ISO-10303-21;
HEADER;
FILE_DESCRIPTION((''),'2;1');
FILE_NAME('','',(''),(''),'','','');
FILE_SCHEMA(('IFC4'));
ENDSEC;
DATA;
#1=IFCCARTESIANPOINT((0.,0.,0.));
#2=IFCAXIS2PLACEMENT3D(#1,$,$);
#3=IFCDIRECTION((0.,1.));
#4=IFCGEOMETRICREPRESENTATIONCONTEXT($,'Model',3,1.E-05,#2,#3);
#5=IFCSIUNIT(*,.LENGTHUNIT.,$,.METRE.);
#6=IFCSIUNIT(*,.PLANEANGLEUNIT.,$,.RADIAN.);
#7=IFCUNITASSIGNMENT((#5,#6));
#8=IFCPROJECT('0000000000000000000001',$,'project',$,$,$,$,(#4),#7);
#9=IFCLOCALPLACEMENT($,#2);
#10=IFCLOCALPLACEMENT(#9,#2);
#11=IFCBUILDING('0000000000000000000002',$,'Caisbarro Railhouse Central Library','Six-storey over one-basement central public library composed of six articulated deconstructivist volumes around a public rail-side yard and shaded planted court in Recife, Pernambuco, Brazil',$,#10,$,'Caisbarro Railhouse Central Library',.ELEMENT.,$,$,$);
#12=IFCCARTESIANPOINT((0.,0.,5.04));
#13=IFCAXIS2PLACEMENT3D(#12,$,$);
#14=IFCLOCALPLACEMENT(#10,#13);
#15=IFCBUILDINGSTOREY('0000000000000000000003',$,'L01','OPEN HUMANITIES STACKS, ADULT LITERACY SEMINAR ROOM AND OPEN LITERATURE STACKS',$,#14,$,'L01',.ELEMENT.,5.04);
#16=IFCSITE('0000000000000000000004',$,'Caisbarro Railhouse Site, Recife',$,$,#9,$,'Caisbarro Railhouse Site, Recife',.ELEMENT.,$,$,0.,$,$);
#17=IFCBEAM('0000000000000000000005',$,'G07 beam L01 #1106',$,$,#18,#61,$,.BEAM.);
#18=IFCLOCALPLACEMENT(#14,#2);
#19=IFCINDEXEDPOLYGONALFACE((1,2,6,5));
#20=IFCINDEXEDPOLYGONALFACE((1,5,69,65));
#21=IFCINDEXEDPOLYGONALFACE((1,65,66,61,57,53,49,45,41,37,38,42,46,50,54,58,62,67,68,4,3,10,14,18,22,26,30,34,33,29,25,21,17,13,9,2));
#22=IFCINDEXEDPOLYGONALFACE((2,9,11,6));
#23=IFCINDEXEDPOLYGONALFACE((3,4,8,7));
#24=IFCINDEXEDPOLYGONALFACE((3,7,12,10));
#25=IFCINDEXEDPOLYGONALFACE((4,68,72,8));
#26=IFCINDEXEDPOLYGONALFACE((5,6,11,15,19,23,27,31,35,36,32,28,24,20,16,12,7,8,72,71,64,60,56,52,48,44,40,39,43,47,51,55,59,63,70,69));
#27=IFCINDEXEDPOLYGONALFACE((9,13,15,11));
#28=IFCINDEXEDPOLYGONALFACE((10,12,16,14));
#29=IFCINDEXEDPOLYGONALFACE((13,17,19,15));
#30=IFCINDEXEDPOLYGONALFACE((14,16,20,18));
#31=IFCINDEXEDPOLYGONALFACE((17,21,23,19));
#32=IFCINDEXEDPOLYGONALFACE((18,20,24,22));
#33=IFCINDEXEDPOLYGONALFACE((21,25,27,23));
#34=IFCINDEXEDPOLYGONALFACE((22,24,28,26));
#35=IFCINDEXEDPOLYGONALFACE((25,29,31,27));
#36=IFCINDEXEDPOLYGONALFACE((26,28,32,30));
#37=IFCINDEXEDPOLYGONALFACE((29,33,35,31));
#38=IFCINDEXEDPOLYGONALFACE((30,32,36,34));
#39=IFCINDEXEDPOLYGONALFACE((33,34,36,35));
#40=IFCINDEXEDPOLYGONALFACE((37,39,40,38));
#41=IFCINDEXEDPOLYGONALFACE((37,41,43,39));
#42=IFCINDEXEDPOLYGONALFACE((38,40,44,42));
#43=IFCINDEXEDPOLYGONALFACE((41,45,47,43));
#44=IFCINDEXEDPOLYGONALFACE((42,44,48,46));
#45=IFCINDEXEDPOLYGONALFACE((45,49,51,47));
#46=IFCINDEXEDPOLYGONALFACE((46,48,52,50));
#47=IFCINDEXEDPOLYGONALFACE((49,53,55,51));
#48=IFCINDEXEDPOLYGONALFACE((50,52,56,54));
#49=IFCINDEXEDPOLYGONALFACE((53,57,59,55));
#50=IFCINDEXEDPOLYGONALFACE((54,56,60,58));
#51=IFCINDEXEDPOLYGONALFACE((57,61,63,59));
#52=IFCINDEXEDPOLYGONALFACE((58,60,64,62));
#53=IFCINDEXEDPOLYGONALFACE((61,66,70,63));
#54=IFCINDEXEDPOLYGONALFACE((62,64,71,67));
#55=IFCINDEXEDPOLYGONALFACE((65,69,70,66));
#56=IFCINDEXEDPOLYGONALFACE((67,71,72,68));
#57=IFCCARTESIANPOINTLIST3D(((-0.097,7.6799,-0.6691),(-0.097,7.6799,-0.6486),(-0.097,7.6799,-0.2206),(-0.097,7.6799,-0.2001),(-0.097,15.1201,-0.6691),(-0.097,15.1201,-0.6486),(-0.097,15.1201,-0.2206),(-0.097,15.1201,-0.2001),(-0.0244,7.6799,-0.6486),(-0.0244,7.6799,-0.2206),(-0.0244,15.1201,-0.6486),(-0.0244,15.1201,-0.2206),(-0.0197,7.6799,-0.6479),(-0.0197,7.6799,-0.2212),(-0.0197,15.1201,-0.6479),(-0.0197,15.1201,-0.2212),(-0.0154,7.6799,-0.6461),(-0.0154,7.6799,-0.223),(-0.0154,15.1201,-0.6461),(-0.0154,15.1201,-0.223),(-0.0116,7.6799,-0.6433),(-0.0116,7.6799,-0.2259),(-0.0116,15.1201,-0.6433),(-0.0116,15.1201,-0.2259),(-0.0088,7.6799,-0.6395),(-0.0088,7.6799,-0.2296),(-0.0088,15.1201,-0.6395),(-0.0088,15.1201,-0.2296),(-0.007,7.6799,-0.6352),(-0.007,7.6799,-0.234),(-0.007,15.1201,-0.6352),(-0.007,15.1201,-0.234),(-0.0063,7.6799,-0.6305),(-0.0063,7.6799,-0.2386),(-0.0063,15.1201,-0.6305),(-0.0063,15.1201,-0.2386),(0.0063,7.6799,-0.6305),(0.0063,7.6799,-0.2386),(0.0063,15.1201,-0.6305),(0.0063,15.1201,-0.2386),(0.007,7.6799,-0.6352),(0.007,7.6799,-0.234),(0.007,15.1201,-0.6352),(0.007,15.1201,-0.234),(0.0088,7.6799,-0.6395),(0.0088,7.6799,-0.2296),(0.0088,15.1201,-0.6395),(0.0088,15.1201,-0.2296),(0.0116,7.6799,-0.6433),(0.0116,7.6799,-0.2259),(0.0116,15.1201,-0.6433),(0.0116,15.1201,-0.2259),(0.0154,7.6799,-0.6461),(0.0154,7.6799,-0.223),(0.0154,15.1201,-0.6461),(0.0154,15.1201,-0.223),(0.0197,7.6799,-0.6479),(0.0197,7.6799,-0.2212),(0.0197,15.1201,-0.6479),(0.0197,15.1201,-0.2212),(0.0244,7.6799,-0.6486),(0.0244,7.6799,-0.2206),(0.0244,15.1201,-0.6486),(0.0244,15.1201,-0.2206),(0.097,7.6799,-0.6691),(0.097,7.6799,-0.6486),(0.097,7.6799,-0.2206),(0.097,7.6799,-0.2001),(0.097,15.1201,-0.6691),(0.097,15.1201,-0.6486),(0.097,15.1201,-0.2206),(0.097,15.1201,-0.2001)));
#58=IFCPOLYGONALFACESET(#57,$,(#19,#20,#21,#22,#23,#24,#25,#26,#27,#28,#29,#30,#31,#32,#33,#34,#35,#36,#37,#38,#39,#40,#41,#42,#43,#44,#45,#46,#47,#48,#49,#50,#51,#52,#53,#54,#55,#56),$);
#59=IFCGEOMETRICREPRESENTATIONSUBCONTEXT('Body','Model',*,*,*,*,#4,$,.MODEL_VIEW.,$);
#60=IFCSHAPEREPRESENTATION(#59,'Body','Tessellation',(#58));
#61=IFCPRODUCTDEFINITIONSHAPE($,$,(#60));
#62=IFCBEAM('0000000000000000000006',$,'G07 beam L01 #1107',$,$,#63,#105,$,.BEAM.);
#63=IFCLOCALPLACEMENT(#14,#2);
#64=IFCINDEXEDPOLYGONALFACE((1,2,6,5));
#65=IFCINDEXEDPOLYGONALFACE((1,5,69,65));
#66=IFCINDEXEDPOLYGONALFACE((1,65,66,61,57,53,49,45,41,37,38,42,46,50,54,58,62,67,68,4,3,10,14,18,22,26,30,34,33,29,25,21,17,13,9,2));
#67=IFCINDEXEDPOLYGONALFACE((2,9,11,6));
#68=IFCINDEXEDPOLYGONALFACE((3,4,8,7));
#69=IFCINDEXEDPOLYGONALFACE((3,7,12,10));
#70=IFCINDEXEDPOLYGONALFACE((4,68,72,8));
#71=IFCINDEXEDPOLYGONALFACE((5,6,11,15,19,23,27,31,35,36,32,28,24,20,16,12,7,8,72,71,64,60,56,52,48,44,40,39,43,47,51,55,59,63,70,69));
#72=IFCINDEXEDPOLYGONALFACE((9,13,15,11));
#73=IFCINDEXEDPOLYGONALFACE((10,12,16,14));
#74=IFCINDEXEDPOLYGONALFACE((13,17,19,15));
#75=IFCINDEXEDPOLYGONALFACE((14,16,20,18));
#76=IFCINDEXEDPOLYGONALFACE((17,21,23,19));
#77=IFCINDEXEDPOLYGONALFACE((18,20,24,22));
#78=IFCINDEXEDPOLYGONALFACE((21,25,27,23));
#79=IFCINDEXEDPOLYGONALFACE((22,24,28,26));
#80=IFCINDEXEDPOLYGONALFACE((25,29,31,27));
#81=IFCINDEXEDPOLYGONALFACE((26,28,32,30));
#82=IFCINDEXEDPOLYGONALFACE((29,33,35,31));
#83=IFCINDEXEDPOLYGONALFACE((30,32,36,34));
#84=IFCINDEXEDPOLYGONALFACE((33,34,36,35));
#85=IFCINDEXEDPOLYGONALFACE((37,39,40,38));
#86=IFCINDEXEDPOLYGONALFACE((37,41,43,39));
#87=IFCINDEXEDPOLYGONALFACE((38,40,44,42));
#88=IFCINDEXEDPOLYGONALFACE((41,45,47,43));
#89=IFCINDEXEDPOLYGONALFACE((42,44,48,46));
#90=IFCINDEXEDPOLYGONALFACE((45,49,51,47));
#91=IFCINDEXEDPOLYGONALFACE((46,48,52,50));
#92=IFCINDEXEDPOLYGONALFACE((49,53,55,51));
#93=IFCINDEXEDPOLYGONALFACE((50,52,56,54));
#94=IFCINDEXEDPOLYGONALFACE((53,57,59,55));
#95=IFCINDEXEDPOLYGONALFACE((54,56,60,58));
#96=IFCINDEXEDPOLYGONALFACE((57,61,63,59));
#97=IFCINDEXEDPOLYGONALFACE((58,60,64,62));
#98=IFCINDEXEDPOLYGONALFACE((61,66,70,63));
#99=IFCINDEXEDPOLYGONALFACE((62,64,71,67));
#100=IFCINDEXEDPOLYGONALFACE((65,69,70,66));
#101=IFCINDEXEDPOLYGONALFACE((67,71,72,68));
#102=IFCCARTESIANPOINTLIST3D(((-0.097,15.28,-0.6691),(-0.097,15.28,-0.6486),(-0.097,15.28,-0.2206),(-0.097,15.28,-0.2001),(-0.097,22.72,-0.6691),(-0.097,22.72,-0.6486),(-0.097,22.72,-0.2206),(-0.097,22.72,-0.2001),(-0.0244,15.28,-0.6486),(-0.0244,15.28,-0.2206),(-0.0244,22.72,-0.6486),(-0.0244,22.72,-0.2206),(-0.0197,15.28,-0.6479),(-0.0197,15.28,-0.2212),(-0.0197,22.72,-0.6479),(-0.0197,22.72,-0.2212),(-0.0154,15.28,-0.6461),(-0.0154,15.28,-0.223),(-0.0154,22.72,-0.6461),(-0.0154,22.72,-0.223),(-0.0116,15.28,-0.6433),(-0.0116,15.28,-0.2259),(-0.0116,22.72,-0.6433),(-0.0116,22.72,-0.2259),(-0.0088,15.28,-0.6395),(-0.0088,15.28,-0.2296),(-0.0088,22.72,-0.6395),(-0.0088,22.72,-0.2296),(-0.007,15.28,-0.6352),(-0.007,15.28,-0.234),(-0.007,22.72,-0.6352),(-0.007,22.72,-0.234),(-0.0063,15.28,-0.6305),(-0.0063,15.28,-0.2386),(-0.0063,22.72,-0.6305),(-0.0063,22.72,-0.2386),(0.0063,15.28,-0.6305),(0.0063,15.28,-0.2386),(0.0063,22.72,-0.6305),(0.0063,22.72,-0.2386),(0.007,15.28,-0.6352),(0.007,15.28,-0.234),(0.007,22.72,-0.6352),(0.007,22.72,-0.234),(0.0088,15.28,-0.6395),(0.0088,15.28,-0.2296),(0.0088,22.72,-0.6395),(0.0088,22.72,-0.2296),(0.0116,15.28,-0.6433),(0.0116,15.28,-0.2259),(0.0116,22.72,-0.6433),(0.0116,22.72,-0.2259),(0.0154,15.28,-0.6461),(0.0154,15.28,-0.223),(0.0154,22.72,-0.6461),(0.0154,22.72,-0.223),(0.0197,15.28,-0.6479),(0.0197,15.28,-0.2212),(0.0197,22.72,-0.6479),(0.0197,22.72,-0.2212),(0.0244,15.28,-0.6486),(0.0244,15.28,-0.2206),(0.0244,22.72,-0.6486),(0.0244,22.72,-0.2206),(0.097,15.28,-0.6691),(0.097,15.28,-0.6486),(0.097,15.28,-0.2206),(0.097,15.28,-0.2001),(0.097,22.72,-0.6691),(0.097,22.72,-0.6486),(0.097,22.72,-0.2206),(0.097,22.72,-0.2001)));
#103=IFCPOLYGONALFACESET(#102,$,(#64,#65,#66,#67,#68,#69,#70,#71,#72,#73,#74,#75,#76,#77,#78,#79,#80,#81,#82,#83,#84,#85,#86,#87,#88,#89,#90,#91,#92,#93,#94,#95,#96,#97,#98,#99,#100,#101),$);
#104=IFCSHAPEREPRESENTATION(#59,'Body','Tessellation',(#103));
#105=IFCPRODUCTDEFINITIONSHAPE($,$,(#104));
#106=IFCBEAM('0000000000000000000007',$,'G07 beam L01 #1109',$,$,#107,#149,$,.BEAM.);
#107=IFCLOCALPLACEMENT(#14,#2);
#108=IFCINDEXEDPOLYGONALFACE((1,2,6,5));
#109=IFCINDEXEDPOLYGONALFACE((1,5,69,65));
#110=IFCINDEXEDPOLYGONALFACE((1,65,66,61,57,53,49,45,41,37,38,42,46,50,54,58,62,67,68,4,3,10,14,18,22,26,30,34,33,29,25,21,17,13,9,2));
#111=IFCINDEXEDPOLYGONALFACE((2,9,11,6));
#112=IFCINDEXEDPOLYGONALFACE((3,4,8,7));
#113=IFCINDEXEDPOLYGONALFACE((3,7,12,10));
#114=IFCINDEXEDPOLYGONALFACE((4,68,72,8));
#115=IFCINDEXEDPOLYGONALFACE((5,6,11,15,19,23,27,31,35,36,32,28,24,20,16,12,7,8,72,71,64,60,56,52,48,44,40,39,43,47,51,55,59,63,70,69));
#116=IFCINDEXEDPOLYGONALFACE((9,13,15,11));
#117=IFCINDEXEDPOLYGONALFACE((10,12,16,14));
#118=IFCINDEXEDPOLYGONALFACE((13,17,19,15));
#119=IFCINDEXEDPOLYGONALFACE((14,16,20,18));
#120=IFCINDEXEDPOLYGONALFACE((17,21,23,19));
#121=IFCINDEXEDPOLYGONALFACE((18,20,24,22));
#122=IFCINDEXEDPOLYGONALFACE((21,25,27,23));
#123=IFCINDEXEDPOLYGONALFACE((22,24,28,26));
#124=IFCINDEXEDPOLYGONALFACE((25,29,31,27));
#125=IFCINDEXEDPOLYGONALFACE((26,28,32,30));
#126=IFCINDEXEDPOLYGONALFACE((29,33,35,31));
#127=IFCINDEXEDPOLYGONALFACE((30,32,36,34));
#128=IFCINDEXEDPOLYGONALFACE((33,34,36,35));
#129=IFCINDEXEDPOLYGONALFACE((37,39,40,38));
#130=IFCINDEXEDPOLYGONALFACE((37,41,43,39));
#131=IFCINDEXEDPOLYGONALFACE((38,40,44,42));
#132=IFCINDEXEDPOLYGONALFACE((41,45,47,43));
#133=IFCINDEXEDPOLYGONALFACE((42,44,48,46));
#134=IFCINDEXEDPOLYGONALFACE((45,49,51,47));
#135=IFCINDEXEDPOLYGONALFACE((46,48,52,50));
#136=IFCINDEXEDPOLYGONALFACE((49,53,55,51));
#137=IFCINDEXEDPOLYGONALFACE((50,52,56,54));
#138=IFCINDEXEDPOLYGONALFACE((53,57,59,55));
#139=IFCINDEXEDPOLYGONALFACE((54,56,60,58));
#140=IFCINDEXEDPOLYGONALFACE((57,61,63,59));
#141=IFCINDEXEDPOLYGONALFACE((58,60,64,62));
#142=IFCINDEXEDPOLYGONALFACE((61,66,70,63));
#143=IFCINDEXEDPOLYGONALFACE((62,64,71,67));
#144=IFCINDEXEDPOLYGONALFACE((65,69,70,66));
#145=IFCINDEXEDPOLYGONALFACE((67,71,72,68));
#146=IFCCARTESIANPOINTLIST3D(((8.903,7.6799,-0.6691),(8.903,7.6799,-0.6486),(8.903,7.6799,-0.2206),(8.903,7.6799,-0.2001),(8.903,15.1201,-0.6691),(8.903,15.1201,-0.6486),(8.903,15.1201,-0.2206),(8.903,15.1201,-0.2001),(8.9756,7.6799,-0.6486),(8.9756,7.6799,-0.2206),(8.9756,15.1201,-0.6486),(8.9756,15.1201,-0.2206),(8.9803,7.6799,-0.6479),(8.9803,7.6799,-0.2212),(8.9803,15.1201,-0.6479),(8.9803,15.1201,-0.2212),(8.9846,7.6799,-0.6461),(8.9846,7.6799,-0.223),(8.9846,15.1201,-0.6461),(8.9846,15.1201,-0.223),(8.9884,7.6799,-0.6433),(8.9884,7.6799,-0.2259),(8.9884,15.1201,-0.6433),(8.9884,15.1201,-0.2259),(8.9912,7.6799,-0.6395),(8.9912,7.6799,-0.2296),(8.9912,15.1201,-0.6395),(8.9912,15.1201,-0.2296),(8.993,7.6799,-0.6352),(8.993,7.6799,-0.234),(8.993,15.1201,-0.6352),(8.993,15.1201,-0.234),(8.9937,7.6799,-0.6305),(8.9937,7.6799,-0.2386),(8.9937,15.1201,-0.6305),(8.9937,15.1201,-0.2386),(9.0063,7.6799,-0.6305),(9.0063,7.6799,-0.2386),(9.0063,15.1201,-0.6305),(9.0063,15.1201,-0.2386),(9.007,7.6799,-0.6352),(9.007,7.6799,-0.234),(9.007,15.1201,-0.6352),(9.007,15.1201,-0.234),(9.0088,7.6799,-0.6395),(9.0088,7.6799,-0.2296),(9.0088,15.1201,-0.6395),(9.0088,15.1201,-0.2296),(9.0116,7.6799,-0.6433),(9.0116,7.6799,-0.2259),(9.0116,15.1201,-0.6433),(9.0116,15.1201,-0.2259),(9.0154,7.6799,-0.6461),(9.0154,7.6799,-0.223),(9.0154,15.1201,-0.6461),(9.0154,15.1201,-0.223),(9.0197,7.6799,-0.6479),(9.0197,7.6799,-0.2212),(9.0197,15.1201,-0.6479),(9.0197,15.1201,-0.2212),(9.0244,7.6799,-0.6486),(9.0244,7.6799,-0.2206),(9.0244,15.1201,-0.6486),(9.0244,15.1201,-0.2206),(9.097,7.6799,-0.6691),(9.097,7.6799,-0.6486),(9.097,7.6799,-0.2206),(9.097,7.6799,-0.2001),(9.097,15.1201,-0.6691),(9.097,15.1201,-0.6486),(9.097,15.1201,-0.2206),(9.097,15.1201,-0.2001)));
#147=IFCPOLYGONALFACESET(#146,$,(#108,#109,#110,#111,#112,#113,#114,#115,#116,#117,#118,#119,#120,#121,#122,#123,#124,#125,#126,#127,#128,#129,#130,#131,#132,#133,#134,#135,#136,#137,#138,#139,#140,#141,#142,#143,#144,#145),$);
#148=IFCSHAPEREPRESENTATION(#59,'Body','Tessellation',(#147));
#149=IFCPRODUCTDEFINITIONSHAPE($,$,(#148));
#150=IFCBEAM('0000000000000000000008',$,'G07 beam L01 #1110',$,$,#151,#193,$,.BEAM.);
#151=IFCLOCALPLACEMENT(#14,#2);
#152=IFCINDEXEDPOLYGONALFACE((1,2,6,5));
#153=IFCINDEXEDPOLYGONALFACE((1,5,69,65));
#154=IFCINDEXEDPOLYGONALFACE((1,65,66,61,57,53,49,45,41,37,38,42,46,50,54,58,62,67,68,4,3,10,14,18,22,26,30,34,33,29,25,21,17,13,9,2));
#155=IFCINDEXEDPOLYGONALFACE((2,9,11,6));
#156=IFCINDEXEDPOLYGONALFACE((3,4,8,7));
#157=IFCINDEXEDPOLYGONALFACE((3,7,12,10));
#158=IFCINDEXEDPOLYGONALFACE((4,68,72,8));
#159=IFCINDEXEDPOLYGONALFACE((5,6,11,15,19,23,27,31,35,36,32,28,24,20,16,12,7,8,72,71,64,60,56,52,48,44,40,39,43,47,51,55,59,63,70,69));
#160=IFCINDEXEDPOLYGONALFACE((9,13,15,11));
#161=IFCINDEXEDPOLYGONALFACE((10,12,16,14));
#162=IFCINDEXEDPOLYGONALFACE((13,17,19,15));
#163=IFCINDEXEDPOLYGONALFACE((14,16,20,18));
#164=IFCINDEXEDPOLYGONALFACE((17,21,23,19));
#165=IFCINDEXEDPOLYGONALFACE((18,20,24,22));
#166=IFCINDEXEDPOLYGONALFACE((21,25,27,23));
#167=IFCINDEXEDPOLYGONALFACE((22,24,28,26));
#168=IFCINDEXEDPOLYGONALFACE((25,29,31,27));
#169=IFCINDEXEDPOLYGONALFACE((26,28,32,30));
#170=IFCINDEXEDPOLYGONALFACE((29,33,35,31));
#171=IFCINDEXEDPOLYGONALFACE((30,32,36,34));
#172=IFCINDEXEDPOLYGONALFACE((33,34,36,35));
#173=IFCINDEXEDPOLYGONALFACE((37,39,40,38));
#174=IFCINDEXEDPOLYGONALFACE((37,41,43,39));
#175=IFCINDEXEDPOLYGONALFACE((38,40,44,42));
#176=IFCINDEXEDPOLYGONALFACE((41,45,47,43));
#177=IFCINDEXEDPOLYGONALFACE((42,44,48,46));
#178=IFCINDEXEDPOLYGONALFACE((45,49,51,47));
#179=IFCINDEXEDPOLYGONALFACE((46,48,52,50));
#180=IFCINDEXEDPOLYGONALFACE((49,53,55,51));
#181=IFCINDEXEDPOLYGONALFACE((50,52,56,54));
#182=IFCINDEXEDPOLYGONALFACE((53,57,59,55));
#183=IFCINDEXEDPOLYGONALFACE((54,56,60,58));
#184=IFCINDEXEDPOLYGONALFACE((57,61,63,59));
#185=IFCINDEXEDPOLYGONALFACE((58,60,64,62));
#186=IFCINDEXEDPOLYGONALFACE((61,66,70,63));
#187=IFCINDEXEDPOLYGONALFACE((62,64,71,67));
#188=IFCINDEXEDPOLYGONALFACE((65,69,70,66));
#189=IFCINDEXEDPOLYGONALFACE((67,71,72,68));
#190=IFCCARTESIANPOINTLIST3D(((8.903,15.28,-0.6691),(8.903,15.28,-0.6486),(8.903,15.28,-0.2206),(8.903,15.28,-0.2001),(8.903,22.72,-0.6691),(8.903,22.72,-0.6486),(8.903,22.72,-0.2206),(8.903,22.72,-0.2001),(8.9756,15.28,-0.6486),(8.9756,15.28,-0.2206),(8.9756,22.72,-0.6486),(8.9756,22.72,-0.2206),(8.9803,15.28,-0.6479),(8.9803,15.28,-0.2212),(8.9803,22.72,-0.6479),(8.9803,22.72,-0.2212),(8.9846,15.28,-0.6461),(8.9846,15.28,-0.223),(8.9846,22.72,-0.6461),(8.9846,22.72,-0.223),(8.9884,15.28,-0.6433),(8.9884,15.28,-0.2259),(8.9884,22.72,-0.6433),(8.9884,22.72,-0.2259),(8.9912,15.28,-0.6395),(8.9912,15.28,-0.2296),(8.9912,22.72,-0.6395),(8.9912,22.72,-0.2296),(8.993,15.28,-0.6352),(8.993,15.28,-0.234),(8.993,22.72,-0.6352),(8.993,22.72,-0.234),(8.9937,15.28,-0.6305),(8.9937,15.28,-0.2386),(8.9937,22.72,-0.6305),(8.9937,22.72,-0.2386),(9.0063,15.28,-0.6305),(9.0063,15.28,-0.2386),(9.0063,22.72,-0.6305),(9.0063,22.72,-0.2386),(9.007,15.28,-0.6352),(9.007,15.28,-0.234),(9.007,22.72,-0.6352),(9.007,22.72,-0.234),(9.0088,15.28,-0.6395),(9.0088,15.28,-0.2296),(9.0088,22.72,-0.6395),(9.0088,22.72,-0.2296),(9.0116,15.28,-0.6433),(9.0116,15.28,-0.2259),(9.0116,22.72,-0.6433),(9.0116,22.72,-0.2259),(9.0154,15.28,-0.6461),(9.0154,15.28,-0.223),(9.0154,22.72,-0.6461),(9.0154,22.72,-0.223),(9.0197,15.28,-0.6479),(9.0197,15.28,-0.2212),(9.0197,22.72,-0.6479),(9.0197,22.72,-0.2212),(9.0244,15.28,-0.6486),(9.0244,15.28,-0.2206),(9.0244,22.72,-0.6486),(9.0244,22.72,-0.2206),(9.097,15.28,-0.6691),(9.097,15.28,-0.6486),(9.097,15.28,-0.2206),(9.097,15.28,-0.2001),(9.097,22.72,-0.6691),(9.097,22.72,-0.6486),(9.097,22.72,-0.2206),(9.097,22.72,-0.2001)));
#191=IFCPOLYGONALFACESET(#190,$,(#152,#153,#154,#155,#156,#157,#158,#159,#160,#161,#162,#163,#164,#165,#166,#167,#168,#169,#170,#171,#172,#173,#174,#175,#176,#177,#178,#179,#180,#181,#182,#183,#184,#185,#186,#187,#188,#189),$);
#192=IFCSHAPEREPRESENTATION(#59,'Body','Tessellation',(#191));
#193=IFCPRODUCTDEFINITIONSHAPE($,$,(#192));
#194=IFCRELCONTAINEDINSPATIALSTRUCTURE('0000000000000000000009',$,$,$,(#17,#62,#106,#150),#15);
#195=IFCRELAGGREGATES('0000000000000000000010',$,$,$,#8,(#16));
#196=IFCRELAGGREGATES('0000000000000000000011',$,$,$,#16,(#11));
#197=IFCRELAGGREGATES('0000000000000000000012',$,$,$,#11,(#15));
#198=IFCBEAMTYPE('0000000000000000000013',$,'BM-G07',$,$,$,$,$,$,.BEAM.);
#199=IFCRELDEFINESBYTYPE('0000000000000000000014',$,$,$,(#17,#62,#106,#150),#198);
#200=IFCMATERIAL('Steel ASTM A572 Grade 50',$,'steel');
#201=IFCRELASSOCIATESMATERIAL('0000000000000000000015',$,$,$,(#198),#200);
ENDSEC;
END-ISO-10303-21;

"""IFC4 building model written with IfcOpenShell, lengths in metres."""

from ifc_helpers import new_model, si_unit, direction, frame, origin, origin_2d, place, context, subcontext, project, spatial, i_section, extrude, material, material_profile, profile_set, type_object, element, save


model = new_model("IFC4")

# Units and contexts
model_context = context("Model", 3, precision=1e-05, world=origin(), true_north=direction((0.0, 1.0)))
body_context = subcontext(model_context, "Body", "Model", "MODEL_VIEW")
ifc_project = project(units=[si_unit("LENGTHUNIT", "METRE"), si_unit("PLANEANGLEUNIT", "RADIAN")], contexts=[model_context])

# Site, building, storey
site_placement = place(None, origin())
site = spatial("IfcSite", under=ifc_project, at=site_placement, Name="Caisbarro Railhouse Site, Recife", LongName="Caisbarro Railhouse Site, Recife", CompositionType="ELEMENT", RefElevation=0.0)
building_placement = place(site_placement, origin())
building = spatial("IfcBuilding", under=site, at=building_placement, Name="Caisbarro Railhouse Central Library", Description="Six-storey over one-basement central public library composed of six articulated deconstructivist volumes around a public rail-side yard and shaded planted court in Recife, Pernambuco, Brazil", LongName="Caisbarro Railhouse Central Library", CompositionType="ELEMENT")
storey_placement = place(building_placement, frame((0.0, 0.0, 5.04)))
storey = spatial("IfcBuildingStorey", under=building, at=storey_placement, Name="L01", Description="OPEN HUMANITIES STACKS, ADULT LITERACY SEMINAR ROOM AND OPEN LITERATURE STACKS", LongName="L01", CompositionType="ELEMENT", Elevation=5.04)

# Shared definitions
ifc_material_1 = material(Name="Steel ASTM A572 Grade 50", Category="steel")

# Beams
ifc_material_profile_1 = material_profile(ifc_material_1, i_section(OverallWidth=0.1941, OverallDepth=0.469, WebThickness=0.0127, FlangeThickness=0.0205, FilletRadius=0.0181, at=origin_2d()), Name="W460X106.0")
ifc_profile_set_1 = profile_set([ifc_material_profile_1], Name="Steel ASTM A572 Grade 50")
beam_type_1 = type_object("IfcBeamType", Name="BM-G07", PredefinedType="BEAM", material=ifc_profile_set_1)
beam_1_placement = place(storey_placement, frame((0.0, 7.6799, -0.4346), z_axis=(0.0, 1.0, 0.0), x_axis=(-1.0, 0.0, 0.0)))
element("IfcBeam", 1, at=beam_1_placement, inside=storey, type_object=beam_type_1, Name="G07 beam L01 #1106", PredefinedType="BEAM", context=body_context, shape_type="SweptSolid", body=[
    extrude(i_section(OverallWidth=0.1941, OverallDepth=0.469, WebThickness=0.0127, FlangeThickness=0.0205, FilletRadius=0.0181, at=origin_2d()), origin(), (0.0, 0.0, 1.0), 7.4402),
])
beam_2_placement = place(storey_placement, frame((0.0, 15.28, -0.4346), z_axis=(0.0, 1.0, 0.0), x_axis=(-1.0, 0.0, 0.0)))
element("IfcBeam", 2, at=beam_2_placement, inside=storey, type_object=beam_type_1, Name="G07 beam L01 #1107", PredefinedType="BEAM", context=body_context, shape_type="SweptSolid", body=[
    extrude(i_section(OverallWidth=0.1941, OverallDepth=0.469, WebThickness=0.0127, FlangeThickness=0.0205, FilletRadius=0.0181, at=origin_2d()), origin(), (0.0, 0.0, 1.0), 7.4399),
])
beam_3_placement = place(storey_placement, frame((9.0, 7.6799, -0.4346), z_axis=(0.0, 1.0, 0.0), x_axis=(-1.0, 0.0, 0.0)))
element("IfcBeam", 3, at=beam_3_placement, inside=storey, type_object=beam_type_1, Name="G07 beam L01 #1109", PredefinedType="BEAM", context=body_context, shape_type="SweptSolid", body=[
    extrude(i_section(OverallWidth=0.1941, OverallDepth=0.469, WebThickness=0.0127, FlangeThickness=0.0205, FilletRadius=0.0181, at=origin_2d()), origin(), (0.0, 0.0, 1.0), 7.4402),
])
beam_4_placement = place(storey_placement, frame((9.0, 15.28, -0.4346), z_axis=(0.0, 1.0, 0.0), x_axis=(-1.0, 0.0, 0.0)))
element("IfcBeam", 4, at=beam_4_placement, inside=storey, type_object=beam_type_1, Name="G07 beam L01 #1110", PredefinedType="BEAM", context=body_context, shape_type="SweptSolid", body=[
    extrude(i_section(OverallWidth=0.1941, OverallDepth=0.469, WebThickness=0.0127, FlangeThickness=0.0205, FilletRadius=0.0181, at=origin_2d()), origin(), (0.0, 0.0, 1.0), 7.4399),
])

save(model, "model.ifc")
